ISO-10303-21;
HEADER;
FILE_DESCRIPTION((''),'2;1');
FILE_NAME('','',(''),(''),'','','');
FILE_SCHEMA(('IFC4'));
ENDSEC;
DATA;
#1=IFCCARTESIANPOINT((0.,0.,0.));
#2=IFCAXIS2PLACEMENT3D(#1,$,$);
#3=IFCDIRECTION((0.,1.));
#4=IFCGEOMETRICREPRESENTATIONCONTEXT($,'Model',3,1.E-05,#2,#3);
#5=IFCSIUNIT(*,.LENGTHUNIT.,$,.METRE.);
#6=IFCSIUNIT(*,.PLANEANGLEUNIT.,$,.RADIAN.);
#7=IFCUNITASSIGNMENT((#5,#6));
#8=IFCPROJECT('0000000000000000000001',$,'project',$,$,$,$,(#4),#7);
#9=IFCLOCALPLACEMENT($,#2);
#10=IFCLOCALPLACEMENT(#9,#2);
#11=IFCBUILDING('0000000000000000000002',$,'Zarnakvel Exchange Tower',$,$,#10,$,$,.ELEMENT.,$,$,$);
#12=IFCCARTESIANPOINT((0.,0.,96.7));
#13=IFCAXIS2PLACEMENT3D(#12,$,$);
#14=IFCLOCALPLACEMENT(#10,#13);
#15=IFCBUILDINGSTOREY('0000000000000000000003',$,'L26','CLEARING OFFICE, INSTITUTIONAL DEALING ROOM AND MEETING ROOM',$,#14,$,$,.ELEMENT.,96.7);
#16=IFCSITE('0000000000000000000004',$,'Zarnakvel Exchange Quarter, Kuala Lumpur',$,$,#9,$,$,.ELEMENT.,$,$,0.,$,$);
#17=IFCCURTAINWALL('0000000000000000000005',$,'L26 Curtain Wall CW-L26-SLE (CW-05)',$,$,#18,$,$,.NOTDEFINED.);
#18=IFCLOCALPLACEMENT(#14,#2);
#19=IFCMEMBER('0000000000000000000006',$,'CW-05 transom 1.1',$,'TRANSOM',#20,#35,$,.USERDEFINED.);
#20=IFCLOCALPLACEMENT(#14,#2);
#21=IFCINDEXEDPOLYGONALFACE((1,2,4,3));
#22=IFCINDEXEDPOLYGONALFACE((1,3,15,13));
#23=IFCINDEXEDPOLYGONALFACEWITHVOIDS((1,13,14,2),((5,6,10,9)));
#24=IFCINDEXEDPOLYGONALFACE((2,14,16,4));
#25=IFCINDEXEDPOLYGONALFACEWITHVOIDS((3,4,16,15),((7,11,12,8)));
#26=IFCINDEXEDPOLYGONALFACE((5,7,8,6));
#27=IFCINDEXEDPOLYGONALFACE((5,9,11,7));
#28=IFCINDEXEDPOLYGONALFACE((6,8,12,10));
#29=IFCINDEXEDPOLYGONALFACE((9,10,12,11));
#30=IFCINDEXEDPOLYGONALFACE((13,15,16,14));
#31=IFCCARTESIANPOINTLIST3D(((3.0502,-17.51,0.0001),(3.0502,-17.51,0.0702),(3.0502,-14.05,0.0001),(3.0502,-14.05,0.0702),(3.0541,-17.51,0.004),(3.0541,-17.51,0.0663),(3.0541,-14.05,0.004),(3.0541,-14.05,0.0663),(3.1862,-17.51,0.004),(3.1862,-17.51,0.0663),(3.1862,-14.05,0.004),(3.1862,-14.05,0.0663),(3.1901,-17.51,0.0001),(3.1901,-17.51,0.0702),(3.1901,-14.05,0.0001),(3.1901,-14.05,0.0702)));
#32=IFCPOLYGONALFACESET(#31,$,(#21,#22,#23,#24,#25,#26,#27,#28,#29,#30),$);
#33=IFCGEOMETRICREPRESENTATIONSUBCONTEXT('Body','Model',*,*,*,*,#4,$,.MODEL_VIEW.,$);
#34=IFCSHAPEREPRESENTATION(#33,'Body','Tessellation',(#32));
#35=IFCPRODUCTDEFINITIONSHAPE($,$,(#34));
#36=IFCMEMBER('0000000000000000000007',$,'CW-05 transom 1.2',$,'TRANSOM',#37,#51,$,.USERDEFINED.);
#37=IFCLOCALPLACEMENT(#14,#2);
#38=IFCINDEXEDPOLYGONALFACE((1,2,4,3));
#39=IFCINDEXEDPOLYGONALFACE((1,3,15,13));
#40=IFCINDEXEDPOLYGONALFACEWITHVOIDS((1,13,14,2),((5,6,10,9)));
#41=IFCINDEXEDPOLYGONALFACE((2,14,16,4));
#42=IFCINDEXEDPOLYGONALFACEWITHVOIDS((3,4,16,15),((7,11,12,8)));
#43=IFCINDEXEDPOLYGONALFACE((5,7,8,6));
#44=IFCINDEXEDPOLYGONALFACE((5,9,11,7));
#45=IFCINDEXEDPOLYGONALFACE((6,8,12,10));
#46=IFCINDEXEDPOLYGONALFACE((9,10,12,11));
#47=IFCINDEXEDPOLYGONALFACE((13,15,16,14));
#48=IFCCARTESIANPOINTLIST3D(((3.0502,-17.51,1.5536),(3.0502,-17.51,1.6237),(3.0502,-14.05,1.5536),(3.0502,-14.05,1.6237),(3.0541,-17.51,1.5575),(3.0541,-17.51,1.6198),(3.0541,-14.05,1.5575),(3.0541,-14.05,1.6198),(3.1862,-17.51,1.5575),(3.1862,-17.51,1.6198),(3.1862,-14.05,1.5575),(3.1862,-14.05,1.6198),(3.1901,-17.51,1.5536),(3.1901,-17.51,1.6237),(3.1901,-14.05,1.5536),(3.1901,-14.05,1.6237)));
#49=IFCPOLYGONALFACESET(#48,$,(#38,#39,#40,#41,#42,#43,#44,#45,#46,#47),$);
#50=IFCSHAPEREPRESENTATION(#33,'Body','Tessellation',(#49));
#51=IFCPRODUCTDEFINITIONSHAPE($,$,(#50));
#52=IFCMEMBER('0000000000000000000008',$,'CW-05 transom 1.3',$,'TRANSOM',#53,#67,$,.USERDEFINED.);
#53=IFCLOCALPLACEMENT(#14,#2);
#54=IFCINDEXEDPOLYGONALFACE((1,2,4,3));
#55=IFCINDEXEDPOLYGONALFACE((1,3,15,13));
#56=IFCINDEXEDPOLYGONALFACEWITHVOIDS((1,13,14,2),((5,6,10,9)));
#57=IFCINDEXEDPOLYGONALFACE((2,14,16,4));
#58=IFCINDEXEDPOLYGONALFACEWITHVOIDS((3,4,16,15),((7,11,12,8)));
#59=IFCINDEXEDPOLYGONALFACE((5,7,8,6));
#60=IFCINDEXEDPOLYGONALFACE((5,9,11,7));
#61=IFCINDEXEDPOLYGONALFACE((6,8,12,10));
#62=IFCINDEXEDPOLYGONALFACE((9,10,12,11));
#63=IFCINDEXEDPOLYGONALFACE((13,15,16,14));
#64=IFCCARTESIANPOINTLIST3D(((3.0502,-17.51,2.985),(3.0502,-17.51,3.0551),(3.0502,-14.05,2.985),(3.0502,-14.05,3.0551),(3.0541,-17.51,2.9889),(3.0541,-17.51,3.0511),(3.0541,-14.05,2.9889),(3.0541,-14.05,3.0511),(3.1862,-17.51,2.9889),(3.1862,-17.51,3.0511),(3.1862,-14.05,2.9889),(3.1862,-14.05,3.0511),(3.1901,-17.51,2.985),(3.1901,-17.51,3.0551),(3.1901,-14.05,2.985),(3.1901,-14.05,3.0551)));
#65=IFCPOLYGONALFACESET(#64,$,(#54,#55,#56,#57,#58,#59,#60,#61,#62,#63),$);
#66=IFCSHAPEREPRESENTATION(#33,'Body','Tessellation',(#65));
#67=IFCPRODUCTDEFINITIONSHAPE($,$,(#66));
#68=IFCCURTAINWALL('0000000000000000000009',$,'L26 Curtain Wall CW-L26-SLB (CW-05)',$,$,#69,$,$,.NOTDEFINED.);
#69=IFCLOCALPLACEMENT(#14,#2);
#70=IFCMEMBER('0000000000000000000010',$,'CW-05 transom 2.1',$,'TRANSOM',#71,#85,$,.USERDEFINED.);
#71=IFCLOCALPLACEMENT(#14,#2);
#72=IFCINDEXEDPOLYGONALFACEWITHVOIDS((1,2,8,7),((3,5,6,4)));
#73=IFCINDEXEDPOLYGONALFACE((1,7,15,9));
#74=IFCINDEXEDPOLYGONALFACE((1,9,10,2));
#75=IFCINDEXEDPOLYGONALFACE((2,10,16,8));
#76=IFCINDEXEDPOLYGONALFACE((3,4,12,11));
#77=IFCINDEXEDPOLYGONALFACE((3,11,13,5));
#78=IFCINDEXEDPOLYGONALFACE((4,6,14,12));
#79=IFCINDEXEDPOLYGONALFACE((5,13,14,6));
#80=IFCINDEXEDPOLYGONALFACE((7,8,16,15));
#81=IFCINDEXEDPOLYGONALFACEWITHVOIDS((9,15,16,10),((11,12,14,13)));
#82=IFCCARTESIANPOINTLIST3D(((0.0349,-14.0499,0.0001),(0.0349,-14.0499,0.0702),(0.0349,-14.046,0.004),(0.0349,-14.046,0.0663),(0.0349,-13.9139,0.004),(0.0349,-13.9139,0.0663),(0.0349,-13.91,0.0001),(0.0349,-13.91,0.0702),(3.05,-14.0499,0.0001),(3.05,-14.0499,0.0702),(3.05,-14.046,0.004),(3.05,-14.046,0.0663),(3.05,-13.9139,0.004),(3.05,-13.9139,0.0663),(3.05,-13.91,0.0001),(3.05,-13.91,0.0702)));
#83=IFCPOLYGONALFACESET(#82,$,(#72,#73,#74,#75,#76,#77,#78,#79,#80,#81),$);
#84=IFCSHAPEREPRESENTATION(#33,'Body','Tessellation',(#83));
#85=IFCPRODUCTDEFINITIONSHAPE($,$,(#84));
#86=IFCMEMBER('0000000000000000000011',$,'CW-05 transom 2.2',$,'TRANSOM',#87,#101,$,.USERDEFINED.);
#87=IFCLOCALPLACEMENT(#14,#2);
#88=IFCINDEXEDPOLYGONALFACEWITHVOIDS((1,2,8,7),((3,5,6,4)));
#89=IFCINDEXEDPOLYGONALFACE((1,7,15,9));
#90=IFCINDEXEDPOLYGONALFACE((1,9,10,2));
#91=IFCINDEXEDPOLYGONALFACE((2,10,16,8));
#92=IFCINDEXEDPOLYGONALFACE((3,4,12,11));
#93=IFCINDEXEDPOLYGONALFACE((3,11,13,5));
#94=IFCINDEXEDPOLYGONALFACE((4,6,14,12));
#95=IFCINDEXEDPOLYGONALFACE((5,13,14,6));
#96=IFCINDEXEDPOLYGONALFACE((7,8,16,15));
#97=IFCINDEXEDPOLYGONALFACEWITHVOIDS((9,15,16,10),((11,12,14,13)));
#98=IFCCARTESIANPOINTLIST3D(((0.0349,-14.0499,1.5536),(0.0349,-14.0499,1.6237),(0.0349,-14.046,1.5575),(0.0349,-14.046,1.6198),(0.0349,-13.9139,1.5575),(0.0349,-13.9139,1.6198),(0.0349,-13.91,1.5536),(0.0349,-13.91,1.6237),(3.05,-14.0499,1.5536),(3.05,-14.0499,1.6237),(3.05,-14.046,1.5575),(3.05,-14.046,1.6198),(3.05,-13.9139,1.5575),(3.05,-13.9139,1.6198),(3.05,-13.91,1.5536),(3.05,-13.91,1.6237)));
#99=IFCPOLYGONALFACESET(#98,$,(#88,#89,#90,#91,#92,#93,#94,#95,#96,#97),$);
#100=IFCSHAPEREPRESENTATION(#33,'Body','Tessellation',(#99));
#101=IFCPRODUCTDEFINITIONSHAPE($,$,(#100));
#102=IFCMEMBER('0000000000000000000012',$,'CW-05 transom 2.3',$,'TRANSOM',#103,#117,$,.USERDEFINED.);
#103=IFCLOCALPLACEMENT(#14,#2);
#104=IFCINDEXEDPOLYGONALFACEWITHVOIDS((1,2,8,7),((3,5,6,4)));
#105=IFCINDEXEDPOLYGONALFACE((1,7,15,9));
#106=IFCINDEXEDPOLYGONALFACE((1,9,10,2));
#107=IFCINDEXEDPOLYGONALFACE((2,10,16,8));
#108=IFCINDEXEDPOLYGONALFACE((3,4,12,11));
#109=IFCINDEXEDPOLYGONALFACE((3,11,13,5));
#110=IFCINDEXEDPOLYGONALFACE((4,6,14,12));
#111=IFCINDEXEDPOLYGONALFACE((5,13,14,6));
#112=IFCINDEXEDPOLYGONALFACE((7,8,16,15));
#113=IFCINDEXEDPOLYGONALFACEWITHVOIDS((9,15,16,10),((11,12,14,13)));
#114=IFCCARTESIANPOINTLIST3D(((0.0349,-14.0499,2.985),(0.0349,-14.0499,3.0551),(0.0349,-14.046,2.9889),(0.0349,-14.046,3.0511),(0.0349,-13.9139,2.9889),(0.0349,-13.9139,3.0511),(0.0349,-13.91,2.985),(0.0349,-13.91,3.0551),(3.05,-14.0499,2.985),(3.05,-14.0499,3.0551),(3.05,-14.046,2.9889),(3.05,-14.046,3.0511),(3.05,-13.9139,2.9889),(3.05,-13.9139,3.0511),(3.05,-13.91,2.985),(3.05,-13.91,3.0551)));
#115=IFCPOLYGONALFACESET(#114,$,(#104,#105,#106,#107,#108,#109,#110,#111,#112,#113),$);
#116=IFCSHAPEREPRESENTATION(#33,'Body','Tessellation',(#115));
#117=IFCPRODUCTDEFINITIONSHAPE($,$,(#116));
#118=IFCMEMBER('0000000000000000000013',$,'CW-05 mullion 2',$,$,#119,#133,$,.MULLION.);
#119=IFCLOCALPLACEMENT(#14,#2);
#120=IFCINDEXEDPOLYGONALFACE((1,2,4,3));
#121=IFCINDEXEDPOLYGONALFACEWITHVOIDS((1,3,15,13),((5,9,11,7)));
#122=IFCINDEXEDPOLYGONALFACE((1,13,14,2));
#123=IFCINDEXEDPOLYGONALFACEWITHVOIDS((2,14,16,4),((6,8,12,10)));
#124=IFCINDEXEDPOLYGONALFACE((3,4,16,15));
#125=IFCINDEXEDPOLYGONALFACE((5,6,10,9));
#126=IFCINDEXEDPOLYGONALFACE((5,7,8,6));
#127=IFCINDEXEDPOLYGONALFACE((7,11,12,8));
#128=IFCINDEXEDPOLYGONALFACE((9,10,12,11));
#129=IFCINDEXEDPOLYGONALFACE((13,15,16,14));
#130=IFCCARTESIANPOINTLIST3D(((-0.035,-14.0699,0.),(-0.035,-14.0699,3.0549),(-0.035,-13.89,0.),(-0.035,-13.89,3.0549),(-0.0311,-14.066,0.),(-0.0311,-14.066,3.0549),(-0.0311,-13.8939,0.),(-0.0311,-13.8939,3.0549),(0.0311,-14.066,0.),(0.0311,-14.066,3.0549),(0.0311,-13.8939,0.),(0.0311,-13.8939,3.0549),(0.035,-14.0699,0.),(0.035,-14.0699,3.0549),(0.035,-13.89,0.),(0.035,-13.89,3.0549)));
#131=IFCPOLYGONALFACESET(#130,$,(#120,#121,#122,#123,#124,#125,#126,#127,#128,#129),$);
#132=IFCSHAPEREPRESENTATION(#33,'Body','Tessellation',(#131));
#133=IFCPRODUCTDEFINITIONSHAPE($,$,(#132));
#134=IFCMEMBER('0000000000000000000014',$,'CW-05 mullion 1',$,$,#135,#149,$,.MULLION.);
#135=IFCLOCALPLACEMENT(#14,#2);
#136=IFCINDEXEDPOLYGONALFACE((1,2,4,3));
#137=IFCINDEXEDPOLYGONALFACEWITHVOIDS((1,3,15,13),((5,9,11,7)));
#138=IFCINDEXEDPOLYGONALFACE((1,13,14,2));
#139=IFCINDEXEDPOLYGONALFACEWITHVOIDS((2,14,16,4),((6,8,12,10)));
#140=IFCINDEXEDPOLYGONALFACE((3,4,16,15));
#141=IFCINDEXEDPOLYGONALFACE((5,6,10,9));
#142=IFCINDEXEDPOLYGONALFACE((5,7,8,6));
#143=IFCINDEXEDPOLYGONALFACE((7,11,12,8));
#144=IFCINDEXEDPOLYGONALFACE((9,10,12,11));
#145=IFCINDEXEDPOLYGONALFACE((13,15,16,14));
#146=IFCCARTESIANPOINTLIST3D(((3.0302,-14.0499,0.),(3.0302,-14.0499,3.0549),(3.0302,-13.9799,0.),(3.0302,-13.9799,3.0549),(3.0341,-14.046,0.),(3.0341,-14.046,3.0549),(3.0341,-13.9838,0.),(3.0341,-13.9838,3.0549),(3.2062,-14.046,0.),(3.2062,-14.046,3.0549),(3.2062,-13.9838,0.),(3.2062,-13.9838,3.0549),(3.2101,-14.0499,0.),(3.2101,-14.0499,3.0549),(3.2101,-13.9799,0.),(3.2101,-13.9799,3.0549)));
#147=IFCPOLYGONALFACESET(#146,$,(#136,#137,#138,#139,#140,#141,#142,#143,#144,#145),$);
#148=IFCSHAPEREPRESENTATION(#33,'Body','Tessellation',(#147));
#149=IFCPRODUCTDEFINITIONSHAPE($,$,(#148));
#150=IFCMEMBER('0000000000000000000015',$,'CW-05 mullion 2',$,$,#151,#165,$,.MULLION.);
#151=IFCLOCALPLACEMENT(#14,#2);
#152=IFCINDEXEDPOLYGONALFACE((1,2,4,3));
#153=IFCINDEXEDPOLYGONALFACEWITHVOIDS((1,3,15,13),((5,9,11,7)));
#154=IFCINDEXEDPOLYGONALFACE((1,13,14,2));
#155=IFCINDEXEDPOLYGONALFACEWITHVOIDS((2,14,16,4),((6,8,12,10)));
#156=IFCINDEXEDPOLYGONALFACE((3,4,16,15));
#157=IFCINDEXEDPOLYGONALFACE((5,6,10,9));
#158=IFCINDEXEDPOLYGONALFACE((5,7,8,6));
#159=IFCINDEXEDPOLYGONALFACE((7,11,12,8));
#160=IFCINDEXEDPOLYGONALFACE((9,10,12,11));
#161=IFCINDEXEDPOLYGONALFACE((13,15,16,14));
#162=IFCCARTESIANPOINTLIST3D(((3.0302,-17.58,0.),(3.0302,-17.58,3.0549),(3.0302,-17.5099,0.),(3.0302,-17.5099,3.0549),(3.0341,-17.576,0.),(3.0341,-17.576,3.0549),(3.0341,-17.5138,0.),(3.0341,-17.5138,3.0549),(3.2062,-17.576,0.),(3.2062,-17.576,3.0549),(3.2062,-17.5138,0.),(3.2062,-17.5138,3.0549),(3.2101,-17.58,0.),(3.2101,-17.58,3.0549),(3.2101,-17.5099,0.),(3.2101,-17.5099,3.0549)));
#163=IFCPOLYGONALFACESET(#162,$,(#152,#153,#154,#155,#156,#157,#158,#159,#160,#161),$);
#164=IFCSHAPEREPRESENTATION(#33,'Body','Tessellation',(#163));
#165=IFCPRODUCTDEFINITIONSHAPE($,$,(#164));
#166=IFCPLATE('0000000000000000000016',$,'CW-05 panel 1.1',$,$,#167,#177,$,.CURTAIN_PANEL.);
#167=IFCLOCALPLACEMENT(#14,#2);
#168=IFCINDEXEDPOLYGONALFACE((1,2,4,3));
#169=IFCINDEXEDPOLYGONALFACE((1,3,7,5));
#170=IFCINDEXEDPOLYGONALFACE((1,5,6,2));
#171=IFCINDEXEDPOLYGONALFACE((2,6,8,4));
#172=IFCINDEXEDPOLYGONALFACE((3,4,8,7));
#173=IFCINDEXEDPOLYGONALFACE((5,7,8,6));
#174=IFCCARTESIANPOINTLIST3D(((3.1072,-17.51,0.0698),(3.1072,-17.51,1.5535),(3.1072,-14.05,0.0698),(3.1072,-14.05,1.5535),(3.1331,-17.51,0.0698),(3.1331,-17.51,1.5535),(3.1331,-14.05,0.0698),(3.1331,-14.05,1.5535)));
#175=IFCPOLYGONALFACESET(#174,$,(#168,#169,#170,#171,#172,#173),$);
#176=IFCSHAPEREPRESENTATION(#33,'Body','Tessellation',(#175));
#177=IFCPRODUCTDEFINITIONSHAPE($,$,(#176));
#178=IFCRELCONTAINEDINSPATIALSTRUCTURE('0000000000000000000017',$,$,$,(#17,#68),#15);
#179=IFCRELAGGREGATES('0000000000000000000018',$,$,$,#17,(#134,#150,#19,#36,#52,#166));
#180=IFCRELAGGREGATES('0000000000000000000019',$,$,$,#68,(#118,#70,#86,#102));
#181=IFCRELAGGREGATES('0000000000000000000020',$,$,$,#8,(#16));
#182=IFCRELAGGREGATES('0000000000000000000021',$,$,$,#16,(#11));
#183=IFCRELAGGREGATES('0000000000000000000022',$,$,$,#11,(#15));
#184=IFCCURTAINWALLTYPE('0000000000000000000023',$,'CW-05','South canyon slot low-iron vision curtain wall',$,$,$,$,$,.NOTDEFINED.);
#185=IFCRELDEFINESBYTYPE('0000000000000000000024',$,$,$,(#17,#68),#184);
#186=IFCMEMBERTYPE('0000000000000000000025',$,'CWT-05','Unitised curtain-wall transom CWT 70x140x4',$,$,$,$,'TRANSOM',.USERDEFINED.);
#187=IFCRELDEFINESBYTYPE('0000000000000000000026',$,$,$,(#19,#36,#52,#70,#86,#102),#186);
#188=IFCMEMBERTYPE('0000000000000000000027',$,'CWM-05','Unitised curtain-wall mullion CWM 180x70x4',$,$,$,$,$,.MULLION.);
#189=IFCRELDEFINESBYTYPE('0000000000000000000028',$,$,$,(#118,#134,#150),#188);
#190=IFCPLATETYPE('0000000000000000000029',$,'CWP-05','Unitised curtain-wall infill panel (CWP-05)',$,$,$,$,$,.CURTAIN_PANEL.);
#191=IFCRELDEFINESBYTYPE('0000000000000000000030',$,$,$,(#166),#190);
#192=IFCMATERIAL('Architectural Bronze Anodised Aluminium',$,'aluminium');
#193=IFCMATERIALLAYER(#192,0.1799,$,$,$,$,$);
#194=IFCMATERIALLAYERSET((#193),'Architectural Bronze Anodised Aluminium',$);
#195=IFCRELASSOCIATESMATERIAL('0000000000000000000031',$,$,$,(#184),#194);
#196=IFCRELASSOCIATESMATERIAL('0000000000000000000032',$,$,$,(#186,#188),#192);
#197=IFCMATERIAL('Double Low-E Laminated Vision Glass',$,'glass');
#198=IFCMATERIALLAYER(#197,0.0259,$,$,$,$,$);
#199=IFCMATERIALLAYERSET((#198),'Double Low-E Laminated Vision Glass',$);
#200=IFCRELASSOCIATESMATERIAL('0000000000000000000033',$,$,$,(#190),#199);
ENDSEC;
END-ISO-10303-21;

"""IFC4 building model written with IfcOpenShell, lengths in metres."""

from ifc_helpers import new_model, si_unit, direction, frame, origin, origin_2d, place, context, subcontext, project, spatial, rectangle, hollow_rectangle, extrude, source, transform, mapped, material, layer, layer_set, material_profile, profile_set, type_object, element, aggregate, save


model = new_model("IFC4")

# Units and contexts
model_context = context("Model", 3, precision=1e-05, world=origin(), true_north=direction((0.0, 1.0)))
body_context = subcontext(model_context, "Body", "Model", "MODEL_VIEW")
ifc_project = project(units=[si_unit("LENGTHUNIT", "METRE"), si_unit("PLANEANGLEUNIT", "RADIAN")], contexts=[model_context])

# Site, building, storey
site_placement = place(None, origin())
site = spatial("IfcSite", under=ifc_project, at=site_placement, Name="Zarnakvel Exchange Quarter, Kuala Lumpur", CompositionType="ELEMENT", RefElevation=0.0)
building_placement = place(site_placement, origin())
building = spatial("IfcBuilding", under=site, at=building_placement, Name="Zarnakvel Exchange Tower", CompositionType="ELEMENT")
storey_placement = place(building_placement, frame((0.0, 0.0, 96.7)))
storey = spatial("IfcBuildingStorey", under=building, at=storey_placement, Name="L26", Description="CLEARING OFFICE, INSTITUTIONAL DEALING ROOM AND MEETING ROOM", CompositionType="ELEMENT", Elevation=96.7)

# Curtain walls, members
ifc_material_1 = material(Name="Architectural Bronze Anodised Aluminium", Category="aluminium")
ifc_layer_1 = layer(ifc_material_1, 0.1799)
ifc_layer_set_1 = layer_set([ifc_layer_1], Name="Architectural Bronze Anodised Aluminium")
curtain_wall_type = type_object("IfcCurtainWallType", Name="CW-05", Description="South canyon slot low-iron vision curtain wall", PredefinedType="NOTDEFINED", material=ifc_layer_set_1)
curtain_wall_1_placement = place(storey_placement, origin())
curtain_wall_1 = element("IfcCurtainWall", 1, at=curtain_wall_1_placement, inside=storey, type_object=curtain_wall_type, Name="L26 Curtain Wall CW-L26-SLE (CW-05)", PredefinedType="NOTDEFINED")
ifc_material_profile_1 = material_profile(ifc_material_1, hollow_rectangle(XDim=0.1399, YDim=0.0701, WallThickness=0.0039, at=origin_2d()))
ifc_profile_set_1 = profile_set([ifc_material_profile_1], Name="Architectural Bronze Anodised Aluminium")
member_type_1 = type_object("IfcMemberType", Name="CWT-05", Description="Unitised curtain-wall transom CWT 70x140x4", ElementType="TRANSOM", PredefinedType="USERDEFINED", material=ifc_profile_set_1)
shared_shape_1 = source(origin(), body_context, "Body", "SweptSolid", [
    extrude(hollow_rectangle(XDim=0.1399, YDim=0.0701, WallThickness=0.0039, at=origin_2d()), origin(), (0.0, 0.0, 1.0), 3.46),
])
member_1_placement = place(storey_placement, frame((3.1201, -14.05, 0.0352), z_axis=(0.0, -1.0, 0.0), x_axis=(1.0, 0.0, 0.0)))
member_1 = element("IfcMember", 2, at=member_1_placement, type_object=member_type_1, Name="CW-05 transom 1.1", ObjectType="TRANSOM", PredefinedType="USERDEFINED", context=body_context, shape_type="MappedRepresentation", body=[
    mapped(shared_shape_1, transform((0.0, 0.0, 0.0), x_axis=(1.0, 0.0, 0.0), y_axis=(0.0, 1.0, 0.0), z_axis=(0.0, 0.0, 1.0), scale=1.0)),
])
member_2_placement = place(storey_placement, frame((3.1201, -14.05, 1.5886), z_axis=(0.0, -1.0, 0.0), x_axis=(1.0, 0.0, 0.0)))
member_2 = element("IfcMember", 3, at=member_2_placement, type_object=member_type_1, Name="CW-05 transom 1.2", ObjectType="TRANSOM", PredefinedType="USERDEFINED", context=body_context, shape_type="MappedRepresentation", body=[
    mapped(shared_shape_1, transform((0.0, 0.0, 0.0), x_axis=(1.0, 0.0, 0.0), y_axis=(0.0, 1.0, 0.0), z_axis=(0.0, 0.0, 1.0), scale=1.0)),
])
member_3_placement = place(storey_placement, frame((3.1201, -14.05, 3.02), z_axis=(0.0, -1.0, 0.0), x_axis=(1.0, 0.0, 0.0)))
member_3 = element("IfcMember", 4, at=member_3_placement, type_object=member_type_1, Name="CW-05 transom 1.3", ObjectType="TRANSOM", PredefinedType="USERDEFINED", context=body_context, shape_type="MappedRepresentation", body=[
    mapped(shared_shape_1, transform((0.0, 0.0, 0.0), x_axis=(1.0, 0.0, 0.0), y_axis=(0.0, 1.0, 0.0), z_axis=(0.0, 0.0, 1.0), scale=1.0)),
])
curtain_wall_2_placement = place(storey_placement, origin())
curtain_wall_2 = element("IfcCurtainWall", 5, at=curtain_wall_2_placement, inside=storey, type_object=curtain_wall_type, Name="L26 Curtain Wall CW-L26-SLB (CW-05)", PredefinedType="NOTDEFINED")
shared_shape_2 = source(origin(), body_context, "Body", "SweptSolid", [
    extrude(hollow_rectangle(XDim=0.1399, YDim=0.0701, WallThickness=0.0039, at=origin_2d()), origin(), (0.0, 0.0, 1.0), 3.0151),
])
member_4_placement = place(storey_placement, frame((0.0349, -13.98, 0.0352), z_axis=(1.0, 0.0, 0.0), x_axis=(0.0, 1.0, 0.0)))
member_4 = element("IfcMember", 6, at=member_4_placement, type_object=member_type_1, Name="CW-05 transom 2.1", ObjectType="TRANSOM", PredefinedType="USERDEFINED", context=body_context, shape_type="MappedRepresentation", body=[
    mapped(shared_shape_2, transform((0.0, 0.0, 0.0), x_axis=(1.0, 0.0, 0.0), y_axis=(0.0, 1.0, 0.0), z_axis=(0.0, 0.0, 1.0), scale=1.0)),
])
member_5_placement = place(storey_placement, frame((0.0349, -13.98, 1.5886), z_axis=(1.0, 0.0, 0.0), x_axis=(0.0, 1.0, 0.0)))
member_5 = element("IfcMember", 7, at=member_5_placement, type_object=member_type_1, Name="CW-05 transom 2.2", ObjectType="TRANSOM", PredefinedType="USERDEFINED", context=body_context, shape_type="MappedRepresentation", body=[
    mapped(shared_shape_2, transform((0.0, 0.0, 0.0), x_axis=(1.0, 0.0, 0.0), y_axis=(0.0, 1.0, 0.0), z_axis=(0.0, 0.0, 1.0), scale=1.0)),
])
member_6_placement = place(storey_placement, frame((0.0349, -13.98, 3.02), z_axis=(1.0, 0.0, 0.0), x_axis=(0.0, 1.0, 0.0)))
member_6 = element("IfcMember", 8, at=member_6_placement, type_object=member_type_1, Name="CW-05 transom 2.3", ObjectType="TRANSOM", PredefinedType="USERDEFINED", context=body_context, shape_type="MappedRepresentation", body=[
    mapped(shared_shape_2, transform((0.0, 0.0, 0.0), x_axis=(1.0, 0.0, 0.0), y_axis=(0.0, 1.0, 0.0), z_axis=(0.0, 0.0, 1.0), scale=1.0)),
])
ifc_material_profile_2 = material_profile(ifc_material_1, hollow_rectangle(XDim=0.1799, YDim=0.0701, WallThickness=0.0039, at=origin_2d()))
ifc_profile_set_2 = profile_set([ifc_material_profile_2], Name="Architectural Bronze Anodised Aluminium")
member_type_2 = type_object("IfcMemberType", Name="CWM-05", Description="Unitised curtain-wall mullion CWM 180x70x4", PredefinedType="MULLION", material=ifc_profile_set_2)
shared_shape_3 = source(origin(), body_context, "Body", "SweptSolid", [
    extrude(hollow_rectangle(XDim=0.1799, YDim=0.0701, WallThickness=0.0039, at=origin_2d()), origin(), (0.0, 0.0, 1.0), 3.0549),
])
member_7_placement = place(storey_placement, frame((0.0, -13.98, 0.0), z_axis=(0.0, 0.0, 1.0), x_axis=(0.0, 1.0, 0.0)))
member_7 = element("IfcMember", 9, at=member_7_placement, type_object=member_type_2, Name="CW-05 mullion 2", PredefinedType="MULLION", context=body_context, shape_type="MappedRepresentation", body=[
    mapped(shared_shape_3, transform((0.0, 0.0, 0.0), x_axis=(1.0, 0.0, 0.0), y_axis=(0.0, 1.0, 0.0), z_axis=(0.0, 0.0, 1.0), scale=1.0)),
])

# Members
member_8_placement = place(storey_placement, frame((3.1201, -14.0149, 0.0), z_axis=(0.0, 0.0, 1.0), x_axis=(1.0, 0.0, 0.0)))
member_8 = element("IfcMember", 10, at=member_8_placement, type_object=member_type_2, Name="CW-05 mullion 1", PredefinedType="MULLION", context=body_context, shape_type="MappedRepresentation", body=[
    mapped(shared_shape_3, transform((0.0, 0.0, 0.0), x_axis=(1.0, 0.0, 0.0), y_axis=(0.0, 1.0, 0.0), z_axis=(0.0, 0.0, 1.0), scale=1.0)),
])
member_9_placement = place(storey_placement, frame((3.1201, -17.5449, 0.0), z_axis=(0.0, 0.0, 1.0), x_axis=(1.0, 0.0, 0.0)))
member_9 = element("IfcMember", 11, at=member_9_placement, type_object=member_type_2, Name="CW-05 mullion 2", PredefinedType="MULLION", context=body_context, shape_type="MappedRepresentation", body=[
    mapped(shared_shape_3, transform((0.0, 0.0, 0.0), x_axis=(1.0, 0.0, 0.0), y_axis=(0.0, 1.0, 0.0), z_axis=(0.0, 0.0, 1.0), scale=1.0)),
])

# Plate
ifc_material_2 = material(Name="Double Low-E Laminated Vision Glass", Category="glass")
ifc_layer_2 = layer(ifc_material_2, 0.0259)
ifc_layer_set_2 = layer_set([ifc_layer_2], Name="Double Low-E Laminated Vision Glass")
plate_type = type_object("IfcPlateType", Name="CWP-05", Description="Unitised curtain-wall infill panel (CWP-05)", PredefinedType="CURTAIN_PANEL", material=ifc_layer_set_2)
shared_shape_4 = source(origin(), body_context, "Body", "SweptSolid", [
    extrude(rectangle(XDim=3.46, YDim=0.0259, at=origin_2d()), origin(), (0.0, 0.0, 1.0), 1.4836),
])
plate_1_placement = place(storey_placement, frame((3.1201, -15.78, 0.0698), z_axis=(0.0, 0.0, 1.0), x_axis=(0.0, -1.0, 0.0)))
plate_1 = element("IfcPlate", 12, at=plate_1_placement, type_object=plate_type, Name="CW-05 panel 1.1", PredefinedType="CURTAIN_PANEL", context=body_context, shape_type="MappedRepresentation", body=[
    mapped(shared_shape_4, transform((0.0, 0.0, 0.0), x_axis=(1.0, 0.0, 0.0), y_axis=(0.0, 1.0, 0.0), z_axis=(0.0, 0.0, 1.0), scale=1.0)),
])
aggregate(curtain_wall_1, [member_8, member_9, member_1, member_2, member_3, plate_1])
aggregate(curtain_wall_2, [member_7, member_4, member_5, member_6])

save(model, "model.ifc")
